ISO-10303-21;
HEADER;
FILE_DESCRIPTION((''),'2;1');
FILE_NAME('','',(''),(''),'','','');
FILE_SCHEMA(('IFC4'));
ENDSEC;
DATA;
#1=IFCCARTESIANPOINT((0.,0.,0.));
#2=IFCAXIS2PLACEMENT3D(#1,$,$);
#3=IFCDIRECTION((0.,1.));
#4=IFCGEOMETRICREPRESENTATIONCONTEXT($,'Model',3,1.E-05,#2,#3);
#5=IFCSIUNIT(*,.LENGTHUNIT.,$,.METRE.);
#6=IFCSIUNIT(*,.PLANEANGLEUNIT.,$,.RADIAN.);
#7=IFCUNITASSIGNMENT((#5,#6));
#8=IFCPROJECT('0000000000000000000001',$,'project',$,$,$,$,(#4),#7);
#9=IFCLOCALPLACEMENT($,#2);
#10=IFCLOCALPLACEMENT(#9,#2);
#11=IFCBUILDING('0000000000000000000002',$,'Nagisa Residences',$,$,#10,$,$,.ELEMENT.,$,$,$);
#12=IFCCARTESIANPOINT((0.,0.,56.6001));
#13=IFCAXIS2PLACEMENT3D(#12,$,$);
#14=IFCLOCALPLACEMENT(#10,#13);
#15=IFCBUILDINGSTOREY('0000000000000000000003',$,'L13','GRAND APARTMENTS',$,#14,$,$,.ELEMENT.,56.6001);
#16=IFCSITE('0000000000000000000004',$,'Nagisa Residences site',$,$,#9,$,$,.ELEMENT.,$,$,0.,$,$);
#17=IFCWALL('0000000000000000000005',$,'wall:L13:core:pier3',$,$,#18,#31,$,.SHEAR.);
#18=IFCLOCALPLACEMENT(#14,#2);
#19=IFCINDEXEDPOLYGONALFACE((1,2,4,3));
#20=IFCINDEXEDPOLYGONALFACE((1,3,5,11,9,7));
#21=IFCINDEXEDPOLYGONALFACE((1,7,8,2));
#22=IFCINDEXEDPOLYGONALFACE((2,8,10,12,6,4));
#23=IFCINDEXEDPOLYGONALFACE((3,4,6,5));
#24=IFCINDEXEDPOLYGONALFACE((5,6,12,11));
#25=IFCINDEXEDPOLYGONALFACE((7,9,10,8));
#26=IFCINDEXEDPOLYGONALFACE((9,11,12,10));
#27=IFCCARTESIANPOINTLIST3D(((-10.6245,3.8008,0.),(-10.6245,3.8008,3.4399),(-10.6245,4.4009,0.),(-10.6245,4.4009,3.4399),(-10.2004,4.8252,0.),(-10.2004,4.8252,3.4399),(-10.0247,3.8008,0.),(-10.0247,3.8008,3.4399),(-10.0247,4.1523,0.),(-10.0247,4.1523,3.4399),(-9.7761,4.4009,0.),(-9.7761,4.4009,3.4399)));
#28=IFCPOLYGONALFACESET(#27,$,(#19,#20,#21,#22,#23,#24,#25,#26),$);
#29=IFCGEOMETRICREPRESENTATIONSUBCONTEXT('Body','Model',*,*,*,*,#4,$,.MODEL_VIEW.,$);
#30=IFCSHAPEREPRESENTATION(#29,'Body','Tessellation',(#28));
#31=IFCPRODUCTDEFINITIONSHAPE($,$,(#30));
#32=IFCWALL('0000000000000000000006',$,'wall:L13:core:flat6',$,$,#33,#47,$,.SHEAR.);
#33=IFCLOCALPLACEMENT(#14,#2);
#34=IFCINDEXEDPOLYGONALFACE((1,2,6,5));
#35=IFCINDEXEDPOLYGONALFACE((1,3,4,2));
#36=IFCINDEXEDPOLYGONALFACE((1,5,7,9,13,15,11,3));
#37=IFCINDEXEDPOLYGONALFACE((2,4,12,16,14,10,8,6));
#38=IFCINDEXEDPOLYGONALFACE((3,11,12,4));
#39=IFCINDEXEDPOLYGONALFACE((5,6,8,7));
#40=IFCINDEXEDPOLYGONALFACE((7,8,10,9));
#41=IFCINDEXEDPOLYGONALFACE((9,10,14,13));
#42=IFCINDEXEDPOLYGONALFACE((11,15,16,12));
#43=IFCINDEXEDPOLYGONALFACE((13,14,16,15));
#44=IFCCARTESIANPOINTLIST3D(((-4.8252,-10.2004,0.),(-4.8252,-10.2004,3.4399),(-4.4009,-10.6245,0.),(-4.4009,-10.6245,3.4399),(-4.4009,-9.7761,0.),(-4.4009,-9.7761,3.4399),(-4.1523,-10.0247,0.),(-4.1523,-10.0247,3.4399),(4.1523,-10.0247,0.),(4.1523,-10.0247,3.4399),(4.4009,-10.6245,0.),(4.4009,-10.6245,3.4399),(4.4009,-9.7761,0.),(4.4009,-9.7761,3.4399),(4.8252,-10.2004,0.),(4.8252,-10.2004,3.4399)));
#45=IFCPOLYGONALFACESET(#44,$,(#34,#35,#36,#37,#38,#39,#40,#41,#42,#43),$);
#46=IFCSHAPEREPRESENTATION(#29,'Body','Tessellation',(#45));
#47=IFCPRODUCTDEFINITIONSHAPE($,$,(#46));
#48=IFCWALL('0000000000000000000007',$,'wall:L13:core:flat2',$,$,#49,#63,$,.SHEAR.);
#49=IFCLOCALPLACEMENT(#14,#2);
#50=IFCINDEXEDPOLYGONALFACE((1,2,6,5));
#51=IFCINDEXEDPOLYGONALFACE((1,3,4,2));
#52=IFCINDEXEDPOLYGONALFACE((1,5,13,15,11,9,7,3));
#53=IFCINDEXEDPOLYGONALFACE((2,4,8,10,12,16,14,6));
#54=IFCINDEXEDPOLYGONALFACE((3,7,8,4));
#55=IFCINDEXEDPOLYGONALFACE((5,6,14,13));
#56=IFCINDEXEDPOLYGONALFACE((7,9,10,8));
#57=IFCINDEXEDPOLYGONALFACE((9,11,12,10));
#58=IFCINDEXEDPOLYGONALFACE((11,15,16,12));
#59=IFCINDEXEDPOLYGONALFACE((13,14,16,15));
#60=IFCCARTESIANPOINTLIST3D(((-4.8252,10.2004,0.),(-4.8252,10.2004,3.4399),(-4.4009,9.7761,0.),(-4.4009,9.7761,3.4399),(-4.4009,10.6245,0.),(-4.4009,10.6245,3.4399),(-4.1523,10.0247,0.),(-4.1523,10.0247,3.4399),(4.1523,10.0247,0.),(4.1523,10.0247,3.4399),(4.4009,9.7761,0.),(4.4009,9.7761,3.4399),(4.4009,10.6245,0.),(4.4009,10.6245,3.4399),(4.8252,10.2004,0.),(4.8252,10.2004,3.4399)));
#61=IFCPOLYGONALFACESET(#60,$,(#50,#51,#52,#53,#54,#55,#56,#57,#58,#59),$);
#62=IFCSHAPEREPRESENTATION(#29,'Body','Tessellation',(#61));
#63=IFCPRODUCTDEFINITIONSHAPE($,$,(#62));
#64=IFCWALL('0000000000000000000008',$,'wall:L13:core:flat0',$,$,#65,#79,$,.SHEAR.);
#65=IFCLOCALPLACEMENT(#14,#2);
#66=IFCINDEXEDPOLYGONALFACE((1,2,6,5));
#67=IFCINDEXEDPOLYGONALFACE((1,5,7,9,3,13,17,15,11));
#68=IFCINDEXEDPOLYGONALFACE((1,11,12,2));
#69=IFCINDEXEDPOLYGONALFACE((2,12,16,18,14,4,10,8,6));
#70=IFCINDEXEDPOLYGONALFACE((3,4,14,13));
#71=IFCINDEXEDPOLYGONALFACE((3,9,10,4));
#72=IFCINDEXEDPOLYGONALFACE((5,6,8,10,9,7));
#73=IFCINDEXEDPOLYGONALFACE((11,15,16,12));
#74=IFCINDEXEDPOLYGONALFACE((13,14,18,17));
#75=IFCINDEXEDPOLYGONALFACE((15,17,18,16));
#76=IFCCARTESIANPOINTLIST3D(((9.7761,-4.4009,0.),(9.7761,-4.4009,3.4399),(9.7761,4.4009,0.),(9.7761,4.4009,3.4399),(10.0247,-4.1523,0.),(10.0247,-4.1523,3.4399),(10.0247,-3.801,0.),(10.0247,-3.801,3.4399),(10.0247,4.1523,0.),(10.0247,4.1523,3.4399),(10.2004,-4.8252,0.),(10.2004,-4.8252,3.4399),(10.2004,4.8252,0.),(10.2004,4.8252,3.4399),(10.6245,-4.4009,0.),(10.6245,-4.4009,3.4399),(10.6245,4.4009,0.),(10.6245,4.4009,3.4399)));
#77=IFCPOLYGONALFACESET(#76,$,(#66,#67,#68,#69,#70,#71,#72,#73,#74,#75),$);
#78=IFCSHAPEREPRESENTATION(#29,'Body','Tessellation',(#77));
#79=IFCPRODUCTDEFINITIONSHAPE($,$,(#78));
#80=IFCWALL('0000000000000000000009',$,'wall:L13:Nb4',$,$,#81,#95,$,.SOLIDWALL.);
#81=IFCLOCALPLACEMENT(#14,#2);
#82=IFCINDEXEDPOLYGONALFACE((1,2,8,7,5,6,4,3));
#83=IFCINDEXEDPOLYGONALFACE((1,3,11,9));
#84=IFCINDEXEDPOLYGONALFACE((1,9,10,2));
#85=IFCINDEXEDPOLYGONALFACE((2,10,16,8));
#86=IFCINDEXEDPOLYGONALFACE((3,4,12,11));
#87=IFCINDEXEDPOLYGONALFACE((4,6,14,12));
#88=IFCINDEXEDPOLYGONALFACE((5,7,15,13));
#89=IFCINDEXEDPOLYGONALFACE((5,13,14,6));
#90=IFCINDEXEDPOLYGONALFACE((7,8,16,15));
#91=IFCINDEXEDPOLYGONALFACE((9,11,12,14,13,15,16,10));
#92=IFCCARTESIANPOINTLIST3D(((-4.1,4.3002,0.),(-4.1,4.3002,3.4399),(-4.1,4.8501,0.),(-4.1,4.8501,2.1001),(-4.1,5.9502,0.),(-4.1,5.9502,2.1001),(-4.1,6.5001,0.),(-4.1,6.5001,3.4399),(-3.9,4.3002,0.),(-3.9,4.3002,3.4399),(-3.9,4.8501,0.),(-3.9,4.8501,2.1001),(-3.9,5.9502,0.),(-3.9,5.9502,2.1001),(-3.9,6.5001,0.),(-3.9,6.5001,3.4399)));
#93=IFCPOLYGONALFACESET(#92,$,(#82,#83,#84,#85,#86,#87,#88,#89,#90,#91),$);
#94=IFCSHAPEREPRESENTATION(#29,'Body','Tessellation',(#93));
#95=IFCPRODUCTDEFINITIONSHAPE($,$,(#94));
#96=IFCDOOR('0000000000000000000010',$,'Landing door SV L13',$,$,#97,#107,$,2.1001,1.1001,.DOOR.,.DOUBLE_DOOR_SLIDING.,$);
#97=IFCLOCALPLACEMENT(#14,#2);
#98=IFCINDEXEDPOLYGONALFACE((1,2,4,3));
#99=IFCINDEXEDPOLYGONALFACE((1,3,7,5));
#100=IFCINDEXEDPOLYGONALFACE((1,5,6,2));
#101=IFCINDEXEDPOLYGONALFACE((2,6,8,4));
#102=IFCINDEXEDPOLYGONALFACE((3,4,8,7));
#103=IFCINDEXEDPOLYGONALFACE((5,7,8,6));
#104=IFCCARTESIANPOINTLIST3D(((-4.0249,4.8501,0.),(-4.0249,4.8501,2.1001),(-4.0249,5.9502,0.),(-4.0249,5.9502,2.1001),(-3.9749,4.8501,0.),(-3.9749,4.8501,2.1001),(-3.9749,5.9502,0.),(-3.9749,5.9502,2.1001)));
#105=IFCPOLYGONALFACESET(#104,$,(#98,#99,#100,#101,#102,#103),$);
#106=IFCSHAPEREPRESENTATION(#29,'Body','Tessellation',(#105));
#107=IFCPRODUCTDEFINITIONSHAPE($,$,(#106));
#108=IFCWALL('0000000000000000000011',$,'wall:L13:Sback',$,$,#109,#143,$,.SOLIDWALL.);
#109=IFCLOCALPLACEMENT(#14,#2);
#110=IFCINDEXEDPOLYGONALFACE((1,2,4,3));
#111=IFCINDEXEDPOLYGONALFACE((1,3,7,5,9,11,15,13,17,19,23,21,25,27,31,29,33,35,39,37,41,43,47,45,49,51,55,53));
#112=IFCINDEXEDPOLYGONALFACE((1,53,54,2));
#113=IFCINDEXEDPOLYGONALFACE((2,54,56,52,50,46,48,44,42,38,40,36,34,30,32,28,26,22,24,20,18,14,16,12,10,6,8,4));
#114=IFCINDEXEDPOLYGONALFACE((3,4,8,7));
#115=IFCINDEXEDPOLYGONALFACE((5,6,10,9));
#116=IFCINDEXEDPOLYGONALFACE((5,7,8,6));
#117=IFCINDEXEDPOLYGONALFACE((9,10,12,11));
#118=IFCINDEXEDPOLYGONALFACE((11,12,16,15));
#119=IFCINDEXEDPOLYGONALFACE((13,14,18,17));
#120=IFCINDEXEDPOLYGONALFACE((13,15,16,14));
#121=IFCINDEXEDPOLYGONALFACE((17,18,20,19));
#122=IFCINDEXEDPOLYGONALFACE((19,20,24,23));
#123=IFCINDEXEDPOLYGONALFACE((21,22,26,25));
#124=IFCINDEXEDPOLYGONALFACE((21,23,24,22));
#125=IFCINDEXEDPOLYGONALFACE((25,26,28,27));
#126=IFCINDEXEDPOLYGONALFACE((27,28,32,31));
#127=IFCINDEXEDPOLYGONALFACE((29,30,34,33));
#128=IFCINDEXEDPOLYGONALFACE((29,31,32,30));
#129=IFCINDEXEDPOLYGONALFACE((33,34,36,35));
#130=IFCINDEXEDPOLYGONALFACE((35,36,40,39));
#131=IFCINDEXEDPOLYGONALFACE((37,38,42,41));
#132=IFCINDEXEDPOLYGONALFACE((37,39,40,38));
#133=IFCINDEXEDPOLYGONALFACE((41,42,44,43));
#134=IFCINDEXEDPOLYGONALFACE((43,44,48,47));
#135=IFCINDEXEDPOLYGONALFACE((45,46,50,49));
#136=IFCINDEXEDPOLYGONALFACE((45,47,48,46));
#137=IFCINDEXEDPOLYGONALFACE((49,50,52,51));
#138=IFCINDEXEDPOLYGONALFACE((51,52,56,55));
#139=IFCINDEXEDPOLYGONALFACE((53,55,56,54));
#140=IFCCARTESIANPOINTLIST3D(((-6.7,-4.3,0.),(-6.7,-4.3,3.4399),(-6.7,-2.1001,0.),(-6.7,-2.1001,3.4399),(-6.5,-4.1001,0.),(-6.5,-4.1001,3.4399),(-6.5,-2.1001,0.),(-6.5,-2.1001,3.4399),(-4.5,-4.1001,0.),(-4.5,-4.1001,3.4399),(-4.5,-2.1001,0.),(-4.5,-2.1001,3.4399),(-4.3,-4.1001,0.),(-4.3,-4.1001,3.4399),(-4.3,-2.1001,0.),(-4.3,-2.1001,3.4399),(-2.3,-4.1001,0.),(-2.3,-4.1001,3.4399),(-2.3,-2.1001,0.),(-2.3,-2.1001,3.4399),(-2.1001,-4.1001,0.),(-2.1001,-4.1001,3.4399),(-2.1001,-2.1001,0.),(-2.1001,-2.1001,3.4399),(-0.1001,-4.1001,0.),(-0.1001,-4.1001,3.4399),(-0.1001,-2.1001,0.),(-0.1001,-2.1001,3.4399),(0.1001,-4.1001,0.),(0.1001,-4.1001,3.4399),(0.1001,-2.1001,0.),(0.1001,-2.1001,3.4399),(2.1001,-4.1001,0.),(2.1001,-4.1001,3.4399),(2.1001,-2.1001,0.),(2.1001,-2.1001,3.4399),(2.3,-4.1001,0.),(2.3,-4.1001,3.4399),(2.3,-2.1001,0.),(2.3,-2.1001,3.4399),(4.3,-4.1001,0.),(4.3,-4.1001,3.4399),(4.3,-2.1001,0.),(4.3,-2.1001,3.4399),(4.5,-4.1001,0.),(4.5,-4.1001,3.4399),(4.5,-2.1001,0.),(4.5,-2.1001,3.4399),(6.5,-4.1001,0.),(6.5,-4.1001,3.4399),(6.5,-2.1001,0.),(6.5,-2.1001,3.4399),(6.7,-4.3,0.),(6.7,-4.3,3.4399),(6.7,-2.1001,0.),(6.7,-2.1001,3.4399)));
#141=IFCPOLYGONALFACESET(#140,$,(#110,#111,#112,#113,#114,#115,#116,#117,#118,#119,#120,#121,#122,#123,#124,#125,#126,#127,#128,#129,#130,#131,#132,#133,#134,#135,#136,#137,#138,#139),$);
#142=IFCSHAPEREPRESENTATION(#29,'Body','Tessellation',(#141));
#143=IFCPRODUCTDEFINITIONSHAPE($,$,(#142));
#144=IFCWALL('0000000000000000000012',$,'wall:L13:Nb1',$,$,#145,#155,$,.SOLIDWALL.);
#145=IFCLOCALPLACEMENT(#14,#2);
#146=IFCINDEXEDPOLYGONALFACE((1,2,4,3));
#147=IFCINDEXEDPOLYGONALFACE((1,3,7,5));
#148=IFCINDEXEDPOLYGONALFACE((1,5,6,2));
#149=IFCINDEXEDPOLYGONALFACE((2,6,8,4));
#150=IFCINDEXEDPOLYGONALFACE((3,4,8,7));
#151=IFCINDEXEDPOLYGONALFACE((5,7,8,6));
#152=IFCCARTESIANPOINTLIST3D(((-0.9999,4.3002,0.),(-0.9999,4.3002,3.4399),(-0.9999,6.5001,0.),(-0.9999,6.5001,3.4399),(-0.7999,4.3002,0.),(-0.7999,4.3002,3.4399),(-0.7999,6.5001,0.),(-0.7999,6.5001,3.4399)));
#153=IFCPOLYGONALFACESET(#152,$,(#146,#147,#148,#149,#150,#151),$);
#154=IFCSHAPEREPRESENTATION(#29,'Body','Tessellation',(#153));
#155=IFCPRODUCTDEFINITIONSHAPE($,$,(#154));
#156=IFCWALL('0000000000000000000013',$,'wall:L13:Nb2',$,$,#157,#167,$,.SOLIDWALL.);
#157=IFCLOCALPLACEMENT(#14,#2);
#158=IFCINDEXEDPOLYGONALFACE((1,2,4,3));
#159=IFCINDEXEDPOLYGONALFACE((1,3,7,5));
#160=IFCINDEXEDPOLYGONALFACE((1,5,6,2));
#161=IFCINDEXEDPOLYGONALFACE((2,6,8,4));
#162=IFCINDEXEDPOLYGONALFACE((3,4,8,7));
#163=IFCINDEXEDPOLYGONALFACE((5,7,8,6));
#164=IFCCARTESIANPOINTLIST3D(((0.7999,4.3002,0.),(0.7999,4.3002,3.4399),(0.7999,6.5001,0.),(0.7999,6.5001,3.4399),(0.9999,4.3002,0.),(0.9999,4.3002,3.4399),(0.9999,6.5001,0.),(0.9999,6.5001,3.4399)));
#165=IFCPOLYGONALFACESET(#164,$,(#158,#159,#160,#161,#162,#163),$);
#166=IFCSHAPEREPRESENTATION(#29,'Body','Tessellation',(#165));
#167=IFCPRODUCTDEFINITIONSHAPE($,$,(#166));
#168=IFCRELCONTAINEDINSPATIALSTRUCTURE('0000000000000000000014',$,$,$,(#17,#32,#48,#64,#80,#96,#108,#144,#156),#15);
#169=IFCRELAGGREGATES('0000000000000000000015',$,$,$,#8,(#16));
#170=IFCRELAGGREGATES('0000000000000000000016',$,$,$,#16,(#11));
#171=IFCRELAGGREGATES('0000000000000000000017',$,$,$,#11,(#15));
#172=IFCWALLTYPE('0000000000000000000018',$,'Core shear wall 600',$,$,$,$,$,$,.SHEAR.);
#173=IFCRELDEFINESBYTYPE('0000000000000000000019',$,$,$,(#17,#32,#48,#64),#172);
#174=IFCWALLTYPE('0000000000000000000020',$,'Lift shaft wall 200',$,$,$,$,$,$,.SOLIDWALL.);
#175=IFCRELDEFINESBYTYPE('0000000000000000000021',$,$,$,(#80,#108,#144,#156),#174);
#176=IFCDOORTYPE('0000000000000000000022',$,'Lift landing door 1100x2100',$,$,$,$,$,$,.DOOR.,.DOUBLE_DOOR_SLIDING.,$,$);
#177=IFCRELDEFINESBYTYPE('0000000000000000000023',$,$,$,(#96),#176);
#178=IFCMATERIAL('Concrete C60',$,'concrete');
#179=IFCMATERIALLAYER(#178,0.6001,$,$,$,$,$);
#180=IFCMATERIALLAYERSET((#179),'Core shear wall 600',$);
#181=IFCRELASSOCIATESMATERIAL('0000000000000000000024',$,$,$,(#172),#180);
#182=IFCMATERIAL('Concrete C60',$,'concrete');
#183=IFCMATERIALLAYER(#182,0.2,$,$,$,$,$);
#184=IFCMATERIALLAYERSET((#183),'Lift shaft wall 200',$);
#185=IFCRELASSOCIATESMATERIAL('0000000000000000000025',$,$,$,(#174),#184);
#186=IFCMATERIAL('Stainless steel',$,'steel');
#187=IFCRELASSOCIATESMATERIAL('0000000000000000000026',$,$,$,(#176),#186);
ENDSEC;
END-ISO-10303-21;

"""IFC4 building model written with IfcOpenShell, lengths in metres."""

from ifc_helpers import new_model, si_unit, direction, frame, frame_2d, origin, place, context, subcontext, project, spatial, polyline, rectangle, outline, extrude, material, layer, layer_set, type_object, element, fill, save


model = new_model("IFC4")

# Units and contexts
model_context = context("Model", 3, precision=1e-05, world=origin(), true_north=direction((0.0, 1.0)))
body_context = subcontext(model_context, "Body", "Model", "MODEL_VIEW")
ifc_project = project(units=[si_unit("LENGTHUNIT", "METRE"), si_unit("PLANEANGLEUNIT", "RADIAN")], contexts=[model_context])

# Site, building, storey
site_placement = place(None, origin())
site = spatial("IfcSite", under=ifc_project, at=site_placement, Name="Nagisa Residences site", CompositionType="ELEMENT", RefElevation=0.0)
building_placement = place(site_placement, origin())
building = spatial("IfcBuilding", under=site, at=building_placement, Name="Nagisa Residences", CompositionType="ELEMENT")
storey_placement = place(building_placement, frame((0.0, 0.0, 56.6001)))
storey = spatial("IfcBuildingStorey", under=building, at=storey_placement, Name="L13", Description="GRAND APARTMENTS", CompositionType="ELEMENT", Elevation=56.6001)

# Shared definitions
ifc_material_1 = material(Name="Concrete C60", Category="concrete")
ifc_layer_1 = layer(ifc_material_1, 0.6001)
ifc_layer_set_1 = layer_set([ifc_layer_1], Name="Core shear wall 600")
wall_type_1 = type_object("IfcWallType", Name="Core shear wall 600", PredefinedType="SHEAR", material=ifc_layer_set_1)

# Walls
wall_1_placement = place(storey_placement, origin())
element("IfcWall", 1, at=wall_1_placement, inside=storey, type_object=wall_type_1, Name="wall:L13:core:pier3", PredefinedType="SHEAR", context=body_context, shape_type="SweptSolid", body=[
    extrude(outline(polyline([(-10.2004, 4.8252), (-9.7761, 4.4009), (-10.0247, 4.1523), (-10.0247, 3.8008), (-10.6245, 3.8008), (-10.6245, 4.4009), (-10.2004, 4.8252)])), origin(), (0.0, 0.0, 1.0), 3.4399),
])
wall_2_placement = place(storey_placement, origin())
element("IfcWall", 2, at=wall_2_placement, inside=storey, type_object=wall_type_1, Name="wall:L13:core:flat6", PredefinedType="SHEAR", context=body_context, shape_type="SweptSolid", body=[
    extrude(outline(polyline([(-4.1523, -10.0247), (4.1523, -10.0247), (4.4009, -9.7761), (4.8252, -10.2004), (4.4009, -10.6245), (-4.4009, -10.6245), (-4.8252, -10.2004), (-4.4009, -9.7761), (-4.1523, -10.0247)])), origin(), (0.0, 0.0, 1.0), 3.4399),
])
wall_3_placement = place(storey_placement, origin())
element("IfcWall", 3, at=wall_3_placement, inside=storey, type_object=wall_type_1, Name="wall:L13:core:flat2", PredefinedType="SHEAR", context=body_context, shape_type="SweptSolid", body=[
    extrude(outline(polyline([(-4.1523, 10.0247), (-4.4009, 9.7761), (-4.8252, 10.2004), (-4.4009, 10.6245), (4.4009, 10.6245), (4.8252, 10.2004), (4.4009, 9.7761), (4.1523, 10.0247), (-4.1523, 10.0247)])), origin(), (0.0, 0.0, 1.0), 3.4399),
])
wall_4_placement = place(storey_placement, origin())
element("IfcWall", 4, at=wall_4_placement, inside=storey, type_object=wall_type_1, Name="wall:L13:core:flat0", PredefinedType="SHEAR", context=body_context, shape_type="SweptSolid", body=[
    extrude(outline(polyline([(9.7761, -4.4009), (10.0247, -4.1523), (10.0247, -3.801), (10.0247, 4.1523), (9.7761, 4.4009), (10.2004, 4.8252), (10.6245, 4.4009), (10.6245, -4.4009), (10.2004, -4.8252), (9.7761, -4.4009)])), origin(), (0.0, 0.0, 1.0), 3.4399),
])

# Wall, opening, door
ifc_material_2 = material(Name="Concrete C60", Category="concrete")
ifc_layer_2 = layer(ifc_material_2, 0.2)
ifc_layer_set_2 = layer_set([ifc_layer_2], Name="Lift shaft wall 200")
wall_type_2 = type_object("IfcWallType", Name="Lift shaft wall 200", PredefinedType="SOLIDWALL", material=ifc_layer_set_2)
wall_5_placement = place(storey_placement, frame((-4.0, 4.3, 0.0), z_axis=(0.0, 0.0, 1.0), x_axis=(0.0, 1.0, 0.0)))
wall_5 = element("IfcWall", 5, at=wall_5_placement, inside=storey, type_object=wall_type_2, Name="wall:L13:Nb4", PredefinedType="SOLIDWALL", context=body_context, shape_type="SweptSolid", body=[
    extrude(rectangle(XDim=2.2, YDim=0.2, at=frame_2d((1.1001, 0.0))), origin(), (0.0, 0.0, 1.0), 3.4399),
])
opening_1_placement = place(wall_5_placement, frame((0.55, 0.0, 0.0)))
opening_1 = element("IfcOpeningElement", 6, at=opening_1_placement, cuts=wall_5, PredefinedType="OPENING", context=body_context, shape_type="SweptSolid", body=[
    extrude(rectangle(XDim=1.1001, YDim=2.1001, at=frame_2d((0.55, 1.05))), frame((0.0, 0.1099, 0.0), z_axis=(0.0, -1.0, 0.0), x_axis=(1.0, 0.0, 0.0)), (0.0, 0.0, 1.0), 0.22),
])
ifc_material_3 = material(Name="Stainless steel", Category="steel")
door_type_1 = type_object("IfcDoorType", Name="Lift landing door 1100x2100", OperationType="DOUBLE_DOOR_SLIDING", PredefinedType="DOOR", material=ifc_material_3)
door_1_placement = place(opening_1_placement, origin())
door_1 = element("IfcDoor", 7, at=door_1_placement, inside=storey, type_object=door_type_1, Name="Landing door SV L13", OperationType="DOUBLE_DOOR_SLIDING", OverallHeight=2.1001, OverallWidth=1.1001, PredefinedType="DOOR", context=body_context, shape_type="SweptSolid", body=[
    extrude(rectangle(XDim=1.1001, YDim=2.1001, at=frame_2d((0.55, 1.05))), frame((0.0, 0.0249, 0.0), z_axis=(0.0, -1.0, 0.0), x_axis=(1.0, 0.0, 0.0)), (0.0, 0.0, 1.0), 0.05),
])
fill(opening_1, door_1)

# Walls
wall_6_placement = place(storey_placement, origin())
element("IfcWall", 8, at=wall_6_placement, inside=storey, type_object=wall_type_2, Name="wall:L13:Sback", PredefinedType="SOLIDWALL", context=body_context, shape_type="SweptSolid", body=[
    extrude(outline(polyline([(-6.7, -2.1001), (-6.5, -2.1001), (-6.5, -4.1001), (-4.5, -4.1001), (-4.5, -2.1001), (-4.3, -2.1001), (-4.3, -4.1001), (-2.3, -4.1001), (-2.3, -2.1001), (-2.1001, -2.1001), (-2.1001, -4.1001), (-0.1001, -4.1001), (-0.1001, -2.1001), (0.1001, -2.1001), (0.1001, -4.1001), (2.1001, -4.1001), (2.1001, -2.1001), (2.3, -2.1001), (2.3, -4.1001), (4.3, -4.1001), (4.3, -2.1001), (4.5, -2.1001), (4.5, -4.1001), (6.5, -4.1001), (6.5, -2.1001), (6.7, -2.1001), (6.7, -4.3), (-6.7, -4.3), (-6.7, -2.1001)])), origin(), (0.0, 0.0, 1.0), 3.4399),
])
for number, where, z_axis, x_axis, name in (
    (9, (-0.8999, 4.3, 0.0), (0.0, 0.0, 1.0), (0.0, 1.0, 0.0), "wall:L13:Nb1"),
    (10, (0.8999, 4.3, 0.0), (0.0, 0.0, 1.0), (0.0, 1.0, 0.0), "wall:L13:Nb2"),
):
    element("IfcWall", number, at=place(storey_placement, frame(where, z_axis=z_axis, x_axis=x_axis)), inside=storey, type_object=wall_type_2, Name=name, PredefinedType="SOLIDWALL", context=body_context, shape_type="SweptSolid", body=[
        extrude(rectangle(XDim=2.2, YDim=0.2, at=frame_2d((1.1001, 0.0))), origin(), (0.0, 0.0, 1.0), 3.4399),
    ])

save(model, "model.ifc")
